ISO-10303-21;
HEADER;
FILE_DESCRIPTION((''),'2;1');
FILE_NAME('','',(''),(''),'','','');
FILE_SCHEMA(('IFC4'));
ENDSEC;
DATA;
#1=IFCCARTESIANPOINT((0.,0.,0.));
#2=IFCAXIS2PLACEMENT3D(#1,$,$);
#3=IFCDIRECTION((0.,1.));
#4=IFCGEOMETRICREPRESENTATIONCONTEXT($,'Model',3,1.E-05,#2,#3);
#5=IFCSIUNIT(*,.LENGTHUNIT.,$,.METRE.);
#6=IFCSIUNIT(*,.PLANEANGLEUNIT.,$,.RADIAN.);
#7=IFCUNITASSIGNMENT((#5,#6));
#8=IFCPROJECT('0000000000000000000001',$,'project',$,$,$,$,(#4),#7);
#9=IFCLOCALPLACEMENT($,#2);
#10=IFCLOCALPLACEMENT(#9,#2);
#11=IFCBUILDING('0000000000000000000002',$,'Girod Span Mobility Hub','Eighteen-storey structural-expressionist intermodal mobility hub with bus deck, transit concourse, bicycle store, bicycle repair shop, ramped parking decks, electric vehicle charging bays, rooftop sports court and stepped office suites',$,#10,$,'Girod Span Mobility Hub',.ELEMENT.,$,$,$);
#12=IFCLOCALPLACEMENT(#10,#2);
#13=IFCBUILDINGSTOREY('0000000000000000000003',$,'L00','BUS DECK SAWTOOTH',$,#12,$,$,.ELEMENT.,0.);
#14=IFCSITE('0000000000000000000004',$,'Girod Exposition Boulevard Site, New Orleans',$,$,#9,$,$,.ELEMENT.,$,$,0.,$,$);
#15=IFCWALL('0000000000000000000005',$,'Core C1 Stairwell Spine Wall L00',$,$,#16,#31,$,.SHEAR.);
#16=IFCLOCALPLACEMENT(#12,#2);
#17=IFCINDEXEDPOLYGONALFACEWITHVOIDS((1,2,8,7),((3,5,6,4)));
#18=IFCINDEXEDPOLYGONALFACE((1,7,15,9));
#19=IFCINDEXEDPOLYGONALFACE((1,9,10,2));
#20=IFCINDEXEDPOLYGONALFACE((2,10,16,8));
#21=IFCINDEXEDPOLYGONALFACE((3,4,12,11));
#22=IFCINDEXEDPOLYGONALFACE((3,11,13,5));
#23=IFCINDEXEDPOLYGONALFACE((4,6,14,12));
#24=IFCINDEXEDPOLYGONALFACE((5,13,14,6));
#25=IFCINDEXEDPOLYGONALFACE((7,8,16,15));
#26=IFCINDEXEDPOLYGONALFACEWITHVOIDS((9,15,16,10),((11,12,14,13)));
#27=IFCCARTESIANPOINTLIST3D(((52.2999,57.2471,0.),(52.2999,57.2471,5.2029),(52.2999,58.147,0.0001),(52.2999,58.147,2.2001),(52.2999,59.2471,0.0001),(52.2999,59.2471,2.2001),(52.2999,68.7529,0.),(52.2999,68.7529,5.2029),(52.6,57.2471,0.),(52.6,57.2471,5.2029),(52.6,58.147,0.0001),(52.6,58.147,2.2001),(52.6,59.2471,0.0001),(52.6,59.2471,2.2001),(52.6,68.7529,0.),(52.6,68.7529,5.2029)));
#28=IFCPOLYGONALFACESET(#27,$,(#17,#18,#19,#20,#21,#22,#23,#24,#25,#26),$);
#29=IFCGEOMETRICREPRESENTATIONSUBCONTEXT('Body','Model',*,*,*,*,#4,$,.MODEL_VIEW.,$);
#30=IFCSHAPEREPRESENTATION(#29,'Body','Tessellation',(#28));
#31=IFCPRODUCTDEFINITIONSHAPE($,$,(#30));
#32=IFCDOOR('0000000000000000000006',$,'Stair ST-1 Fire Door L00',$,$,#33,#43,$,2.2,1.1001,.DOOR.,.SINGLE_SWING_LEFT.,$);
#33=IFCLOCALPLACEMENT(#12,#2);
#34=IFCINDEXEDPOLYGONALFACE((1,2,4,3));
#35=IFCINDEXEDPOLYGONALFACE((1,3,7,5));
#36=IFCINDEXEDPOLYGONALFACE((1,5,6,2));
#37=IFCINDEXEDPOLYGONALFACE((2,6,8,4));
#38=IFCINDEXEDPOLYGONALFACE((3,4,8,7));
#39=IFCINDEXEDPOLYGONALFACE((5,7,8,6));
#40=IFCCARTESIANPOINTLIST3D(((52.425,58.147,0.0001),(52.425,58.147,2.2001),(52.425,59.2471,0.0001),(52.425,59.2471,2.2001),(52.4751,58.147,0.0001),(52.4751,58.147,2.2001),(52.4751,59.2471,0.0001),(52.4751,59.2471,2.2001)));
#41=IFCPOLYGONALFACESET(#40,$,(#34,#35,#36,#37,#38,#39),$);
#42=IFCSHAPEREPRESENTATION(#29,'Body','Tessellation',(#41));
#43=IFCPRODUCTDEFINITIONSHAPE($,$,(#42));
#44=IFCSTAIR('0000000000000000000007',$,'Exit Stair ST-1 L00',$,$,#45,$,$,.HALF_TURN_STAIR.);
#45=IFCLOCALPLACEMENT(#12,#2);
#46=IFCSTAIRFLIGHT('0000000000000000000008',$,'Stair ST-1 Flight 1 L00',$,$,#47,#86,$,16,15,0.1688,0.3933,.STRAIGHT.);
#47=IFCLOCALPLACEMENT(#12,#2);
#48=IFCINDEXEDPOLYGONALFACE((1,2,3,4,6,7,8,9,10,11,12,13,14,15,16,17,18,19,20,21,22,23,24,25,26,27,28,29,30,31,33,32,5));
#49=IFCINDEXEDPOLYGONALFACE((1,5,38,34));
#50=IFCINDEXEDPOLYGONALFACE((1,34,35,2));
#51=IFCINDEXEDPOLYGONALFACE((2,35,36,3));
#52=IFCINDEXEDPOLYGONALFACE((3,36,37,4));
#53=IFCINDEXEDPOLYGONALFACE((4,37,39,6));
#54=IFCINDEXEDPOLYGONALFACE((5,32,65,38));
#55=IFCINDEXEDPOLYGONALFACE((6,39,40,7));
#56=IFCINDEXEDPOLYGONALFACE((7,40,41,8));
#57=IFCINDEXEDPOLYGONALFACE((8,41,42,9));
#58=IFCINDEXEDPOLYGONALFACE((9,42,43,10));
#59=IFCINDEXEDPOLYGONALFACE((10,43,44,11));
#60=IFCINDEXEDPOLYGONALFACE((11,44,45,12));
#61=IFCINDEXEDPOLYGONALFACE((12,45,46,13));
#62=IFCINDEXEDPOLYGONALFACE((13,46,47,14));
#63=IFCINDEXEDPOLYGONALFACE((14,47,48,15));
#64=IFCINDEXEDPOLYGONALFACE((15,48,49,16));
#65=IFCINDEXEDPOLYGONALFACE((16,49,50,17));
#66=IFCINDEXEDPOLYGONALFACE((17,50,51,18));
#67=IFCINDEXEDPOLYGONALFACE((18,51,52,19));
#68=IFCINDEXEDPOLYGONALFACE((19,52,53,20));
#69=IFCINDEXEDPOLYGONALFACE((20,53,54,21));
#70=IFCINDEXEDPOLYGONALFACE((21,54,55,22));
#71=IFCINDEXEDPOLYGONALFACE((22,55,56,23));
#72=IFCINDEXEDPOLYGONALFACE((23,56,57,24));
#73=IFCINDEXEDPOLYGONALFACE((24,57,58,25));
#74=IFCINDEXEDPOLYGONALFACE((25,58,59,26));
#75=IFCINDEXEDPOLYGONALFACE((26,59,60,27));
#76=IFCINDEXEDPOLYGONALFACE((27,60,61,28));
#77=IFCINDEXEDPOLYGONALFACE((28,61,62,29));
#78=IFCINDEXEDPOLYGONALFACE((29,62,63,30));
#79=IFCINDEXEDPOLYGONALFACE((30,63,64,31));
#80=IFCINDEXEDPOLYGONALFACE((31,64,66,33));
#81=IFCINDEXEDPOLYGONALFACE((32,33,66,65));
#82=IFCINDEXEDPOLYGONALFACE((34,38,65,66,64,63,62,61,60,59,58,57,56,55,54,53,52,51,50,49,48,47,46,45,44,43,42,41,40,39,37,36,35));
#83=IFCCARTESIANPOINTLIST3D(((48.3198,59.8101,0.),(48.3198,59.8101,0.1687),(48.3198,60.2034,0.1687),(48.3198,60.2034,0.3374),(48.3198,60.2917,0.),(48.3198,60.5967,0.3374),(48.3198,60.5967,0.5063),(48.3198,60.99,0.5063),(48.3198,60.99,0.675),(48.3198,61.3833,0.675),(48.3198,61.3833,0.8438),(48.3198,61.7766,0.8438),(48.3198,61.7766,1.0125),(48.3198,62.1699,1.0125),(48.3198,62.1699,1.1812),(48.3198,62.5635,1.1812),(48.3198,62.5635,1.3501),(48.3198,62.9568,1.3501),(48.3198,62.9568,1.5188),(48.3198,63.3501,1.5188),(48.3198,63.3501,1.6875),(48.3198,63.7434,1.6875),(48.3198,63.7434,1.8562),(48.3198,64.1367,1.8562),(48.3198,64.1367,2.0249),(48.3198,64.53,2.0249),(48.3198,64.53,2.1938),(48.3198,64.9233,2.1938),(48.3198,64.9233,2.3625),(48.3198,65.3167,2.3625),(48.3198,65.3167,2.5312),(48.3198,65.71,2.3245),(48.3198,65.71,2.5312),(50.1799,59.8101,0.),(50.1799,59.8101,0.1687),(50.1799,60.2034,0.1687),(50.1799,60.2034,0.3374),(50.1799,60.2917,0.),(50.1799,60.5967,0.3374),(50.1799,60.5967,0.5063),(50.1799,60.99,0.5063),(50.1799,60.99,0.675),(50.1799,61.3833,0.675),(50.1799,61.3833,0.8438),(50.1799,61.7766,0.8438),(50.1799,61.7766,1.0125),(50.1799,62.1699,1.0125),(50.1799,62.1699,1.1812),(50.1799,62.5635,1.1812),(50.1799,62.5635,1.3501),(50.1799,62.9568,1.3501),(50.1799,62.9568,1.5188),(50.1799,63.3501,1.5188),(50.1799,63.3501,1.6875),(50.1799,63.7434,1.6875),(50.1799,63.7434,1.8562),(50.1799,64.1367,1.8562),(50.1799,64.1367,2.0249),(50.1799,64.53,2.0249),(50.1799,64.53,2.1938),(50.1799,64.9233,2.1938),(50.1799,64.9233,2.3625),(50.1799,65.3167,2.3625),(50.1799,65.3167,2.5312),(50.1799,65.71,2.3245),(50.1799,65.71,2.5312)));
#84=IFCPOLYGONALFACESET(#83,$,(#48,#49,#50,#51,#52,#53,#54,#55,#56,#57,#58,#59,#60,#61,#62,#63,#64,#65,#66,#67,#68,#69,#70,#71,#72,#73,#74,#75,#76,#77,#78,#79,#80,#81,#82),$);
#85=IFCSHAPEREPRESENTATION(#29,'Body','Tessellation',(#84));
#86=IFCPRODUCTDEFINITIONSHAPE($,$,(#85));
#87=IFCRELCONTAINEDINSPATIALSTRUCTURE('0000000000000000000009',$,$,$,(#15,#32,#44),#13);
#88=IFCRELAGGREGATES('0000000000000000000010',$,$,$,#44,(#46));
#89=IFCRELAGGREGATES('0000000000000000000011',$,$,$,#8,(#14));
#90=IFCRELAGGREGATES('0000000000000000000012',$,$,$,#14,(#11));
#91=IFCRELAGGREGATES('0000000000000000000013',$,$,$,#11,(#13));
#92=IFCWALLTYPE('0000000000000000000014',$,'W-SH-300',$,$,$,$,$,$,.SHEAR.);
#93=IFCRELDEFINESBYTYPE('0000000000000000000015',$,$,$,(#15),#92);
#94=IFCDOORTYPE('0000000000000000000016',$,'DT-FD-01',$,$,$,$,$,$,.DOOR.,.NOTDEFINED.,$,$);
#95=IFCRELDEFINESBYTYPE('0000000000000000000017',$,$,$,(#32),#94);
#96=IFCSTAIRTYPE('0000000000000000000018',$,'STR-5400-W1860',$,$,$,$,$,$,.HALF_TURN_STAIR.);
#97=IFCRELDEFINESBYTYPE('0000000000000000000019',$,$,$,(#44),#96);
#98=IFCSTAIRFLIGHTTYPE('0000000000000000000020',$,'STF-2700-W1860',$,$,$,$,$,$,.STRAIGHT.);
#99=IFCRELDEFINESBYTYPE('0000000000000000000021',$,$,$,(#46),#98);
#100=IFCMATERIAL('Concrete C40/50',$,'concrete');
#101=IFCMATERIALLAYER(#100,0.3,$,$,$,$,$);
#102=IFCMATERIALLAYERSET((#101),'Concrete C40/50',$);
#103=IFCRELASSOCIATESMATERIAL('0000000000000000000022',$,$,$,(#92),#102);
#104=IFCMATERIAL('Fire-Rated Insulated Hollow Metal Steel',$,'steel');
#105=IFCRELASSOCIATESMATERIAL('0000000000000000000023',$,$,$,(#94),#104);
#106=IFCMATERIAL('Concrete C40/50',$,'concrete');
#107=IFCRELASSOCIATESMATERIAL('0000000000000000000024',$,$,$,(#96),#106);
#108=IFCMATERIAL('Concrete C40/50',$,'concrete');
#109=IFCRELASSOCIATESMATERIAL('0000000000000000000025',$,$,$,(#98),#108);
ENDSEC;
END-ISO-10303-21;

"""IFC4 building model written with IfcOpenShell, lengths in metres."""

from ifc_helpers import new_model, si_unit, direction, frame, frame_2d, origin, place, context, subcontext, project, spatial, polyline, rectangle, outline, extrude, material, layer, layer_set, type_object, element, fill, aggregate, save


model = new_model("IFC4")

# Units and contexts
model_context = context("Model", 3, precision=1e-05, world=origin(), true_north=direction((0.0, 1.0)))
body_context = subcontext(model_context, "Body", "Model", "MODEL_VIEW")
ifc_project = project(units=[si_unit("LENGTHUNIT", "METRE"), si_unit("PLANEANGLEUNIT", "RADIAN")], contexts=[model_context])

# Site, building, storey
site_placement = place(None, origin())
site = spatial("IfcSite", under=ifc_project, at=site_placement, Name="Girod Exposition Boulevard Site, New Orleans", CompositionType="ELEMENT", RefElevation=0.0)
building_placement = place(site_placement, origin())
building = spatial("IfcBuilding", under=site, at=building_placement, Name="Girod Span Mobility Hub", Description="Eighteen-storey structural-expressionist intermodal mobility hub with bus deck, transit concourse, bicycle store, bicycle repair shop, ramped parking decks, electric vehicle charging bays, rooftop sports court and stepped office suites", LongName="Girod Span Mobility Hub", CompositionType="ELEMENT")
storey_placement = place(building_placement, origin())
storey = spatial("IfcBuildingStorey", under=building, at=storey_placement, Name="L00", Description="BUS DECK SAWTOOTH", CompositionType="ELEMENT", Elevation=0.0)

# Wall, opening, door
ifc_material_1 = material(Name="Concrete C40/50", Category="concrete")
ifc_layer_1 = layer(ifc_material_1, 0.3)
ifc_layer_set_1 = layer_set([ifc_layer_1], Name="Concrete C40/50")
wall_type_1 = type_object("IfcWallType", Name="W-SH-300", PredefinedType="SHEAR", material=ifc_layer_set_1)
wall_1_placement = place(storey_placement, frame((52.45, 57.2471, 0.0), z_axis=(0.0, 0.0, 1.0), x_axis=(0.0, 1.0, 0.0)))
wall_1 = element("IfcWall", 1, at=wall_1_placement, inside=storey, type_object=wall_type_1, Name="Core C1 Stairwell Spine Wall L00", PredefinedType="SHEAR", context=body_context, shape_type="SweptSolid", body=[
    extrude(rectangle(XDim=11.5059, YDim=0.3, at=frame_2d((5.7529, 0.0))), origin(), (0.0, 0.0, 1.0), 5.2029),
])
opening_1_placement = place(wall_1_placement, frame((0.8999, 0.0, 0.0)))
opening_1 = element("IfcOpeningElement", 2, at=opening_1_placement, cuts=wall_1, PredefinedType="OPENING", context=body_context, shape_type="SweptSolid", body=[
    extrude(rectangle(XDim=1.1001, YDim=2.2, at=frame_2d((0.55, 1.1001))), frame((0.0, 0.165, 0.0), z_axis=(0.0, -1.0, 0.0), x_axis=(1.0, 0.0, 0.0)), (0.0, 0.0, 1.0), 0.3301),
])
ifc_material_2 = material(Name="Fire-Rated Insulated Hollow Metal Steel", Category="steel")
door_type_1 = type_object("IfcDoorType", Name="DT-FD-01", OperationType="NOTDEFINED", PredefinedType="DOOR", material=ifc_material_2)
door_1_placement = place(opening_1_placement, origin())
door_1 = element("IfcDoor", 3, at=door_1_placement, inside=storey, type_object=door_type_1, Name="Stair ST-1 Fire Door L00", OperationType="SINGLE_SWING_LEFT", OverallHeight=2.2, OverallWidth=1.1001, PredefinedType="DOOR", context=body_context, shape_type="SweptSolid", body=[
    extrude(rectangle(XDim=1.1001, YDim=2.2, at=frame_2d((0.55, 1.1001))), frame((0.0, 0.0249, 0.0), z_axis=(0.0, -1.0, 0.0), x_axis=(1.0, 0.0, 0.0)), (0.0, 0.0, 1.0), 0.05),
])
fill(opening_1, door_1)

# Stair, stair flight
ifc_material_3 = material(Name="Concrete C40/50", Category="concrete")
stair_type = type_object("IfcStairType", Name="STR-5400-W1860", PredefinedType="HALF_TURN_STAIR", material=ifc_material_3)
stair_placement = place(storey_placement, origin())
stair = element("IfcStair", 4, at=stair_placement, inside=storey, type_object=stair_type, Name="Exit Stair ST-1 L00", PredefinedType="HALF_TURN_STAIR")
ifc_material_4 = material(Name="Concrete C40/50", Category="concrete")
stair_flight_type = type_object("IfcStairFlightType", Name="STF-2700-W1860", PredefinedType="STRAIGHT", material=ifc_material_4)
stair_flight_placement = place(storey_placement, frame((49.25, 59.8101, 0.0), z_axis=(0.0, 0.0, 1.0), x_axis=(0.0, 1.0, 0.0)))
stair_flight = element("IfcStairFlight", 5, at=stair_flight_placement, type_object=stair_flight_type, Name="Stair ST-1 Flight 1 L00", NumberOfRisers=16, NumberOfTreads=15, PredefinedType="STRAIGHT", RiserHeight=0.1688, TreadLength=0.3933, context=body_context, shape_type="SweptSolid", body=[
    extrude(outline(polyline([(0.0, 0.0), (0.0, 0.1687), (0.3933, 0.1687), (0.3933, 0.3374), (0.7866, 0.3374), (0.7866, 0.5063), (1.1799, 0.5063), (1.1799, 0.675), (1.5732, 0.675), (1.5732, 0.8438), (1.9666, 0.8438), (1.9666, 1.0125), (2.3599, 1.0125), (2.3599, 1.1812), (2.7534, 1.1812), (2.7534, 1.3501), (3.1467, 1.3501), (3.1467, 1.5188), (3.54, 1.5188), (3.54, 1.6875), (3.9333, 1.6875), (3.9333, 1.8562), (4.3267, 1.8562), (4.3267, 2.0249), (4.72, 2.0249), (4.72, 2.1938), (5.1133, 2.1938), (5.1133, 2.3625), (5.5066, 2.3625), (5.5066, 2.5312), (5.8999, 2.5312), (5.8999, 2.7), (5.8999, 2.3245), (0.4817, 0.0), (0.0, 0.0)])), frame((0.0, 0.9302, 0.0), z_axis=(0.0, -1.0, 0.0), x_axis=(1.0, 0.0, 0.0)), (0.0, 0.0, 1.0), 1.8601),
])
aggregate(stair, [stair_flight])

save(model, "model.ifc")
